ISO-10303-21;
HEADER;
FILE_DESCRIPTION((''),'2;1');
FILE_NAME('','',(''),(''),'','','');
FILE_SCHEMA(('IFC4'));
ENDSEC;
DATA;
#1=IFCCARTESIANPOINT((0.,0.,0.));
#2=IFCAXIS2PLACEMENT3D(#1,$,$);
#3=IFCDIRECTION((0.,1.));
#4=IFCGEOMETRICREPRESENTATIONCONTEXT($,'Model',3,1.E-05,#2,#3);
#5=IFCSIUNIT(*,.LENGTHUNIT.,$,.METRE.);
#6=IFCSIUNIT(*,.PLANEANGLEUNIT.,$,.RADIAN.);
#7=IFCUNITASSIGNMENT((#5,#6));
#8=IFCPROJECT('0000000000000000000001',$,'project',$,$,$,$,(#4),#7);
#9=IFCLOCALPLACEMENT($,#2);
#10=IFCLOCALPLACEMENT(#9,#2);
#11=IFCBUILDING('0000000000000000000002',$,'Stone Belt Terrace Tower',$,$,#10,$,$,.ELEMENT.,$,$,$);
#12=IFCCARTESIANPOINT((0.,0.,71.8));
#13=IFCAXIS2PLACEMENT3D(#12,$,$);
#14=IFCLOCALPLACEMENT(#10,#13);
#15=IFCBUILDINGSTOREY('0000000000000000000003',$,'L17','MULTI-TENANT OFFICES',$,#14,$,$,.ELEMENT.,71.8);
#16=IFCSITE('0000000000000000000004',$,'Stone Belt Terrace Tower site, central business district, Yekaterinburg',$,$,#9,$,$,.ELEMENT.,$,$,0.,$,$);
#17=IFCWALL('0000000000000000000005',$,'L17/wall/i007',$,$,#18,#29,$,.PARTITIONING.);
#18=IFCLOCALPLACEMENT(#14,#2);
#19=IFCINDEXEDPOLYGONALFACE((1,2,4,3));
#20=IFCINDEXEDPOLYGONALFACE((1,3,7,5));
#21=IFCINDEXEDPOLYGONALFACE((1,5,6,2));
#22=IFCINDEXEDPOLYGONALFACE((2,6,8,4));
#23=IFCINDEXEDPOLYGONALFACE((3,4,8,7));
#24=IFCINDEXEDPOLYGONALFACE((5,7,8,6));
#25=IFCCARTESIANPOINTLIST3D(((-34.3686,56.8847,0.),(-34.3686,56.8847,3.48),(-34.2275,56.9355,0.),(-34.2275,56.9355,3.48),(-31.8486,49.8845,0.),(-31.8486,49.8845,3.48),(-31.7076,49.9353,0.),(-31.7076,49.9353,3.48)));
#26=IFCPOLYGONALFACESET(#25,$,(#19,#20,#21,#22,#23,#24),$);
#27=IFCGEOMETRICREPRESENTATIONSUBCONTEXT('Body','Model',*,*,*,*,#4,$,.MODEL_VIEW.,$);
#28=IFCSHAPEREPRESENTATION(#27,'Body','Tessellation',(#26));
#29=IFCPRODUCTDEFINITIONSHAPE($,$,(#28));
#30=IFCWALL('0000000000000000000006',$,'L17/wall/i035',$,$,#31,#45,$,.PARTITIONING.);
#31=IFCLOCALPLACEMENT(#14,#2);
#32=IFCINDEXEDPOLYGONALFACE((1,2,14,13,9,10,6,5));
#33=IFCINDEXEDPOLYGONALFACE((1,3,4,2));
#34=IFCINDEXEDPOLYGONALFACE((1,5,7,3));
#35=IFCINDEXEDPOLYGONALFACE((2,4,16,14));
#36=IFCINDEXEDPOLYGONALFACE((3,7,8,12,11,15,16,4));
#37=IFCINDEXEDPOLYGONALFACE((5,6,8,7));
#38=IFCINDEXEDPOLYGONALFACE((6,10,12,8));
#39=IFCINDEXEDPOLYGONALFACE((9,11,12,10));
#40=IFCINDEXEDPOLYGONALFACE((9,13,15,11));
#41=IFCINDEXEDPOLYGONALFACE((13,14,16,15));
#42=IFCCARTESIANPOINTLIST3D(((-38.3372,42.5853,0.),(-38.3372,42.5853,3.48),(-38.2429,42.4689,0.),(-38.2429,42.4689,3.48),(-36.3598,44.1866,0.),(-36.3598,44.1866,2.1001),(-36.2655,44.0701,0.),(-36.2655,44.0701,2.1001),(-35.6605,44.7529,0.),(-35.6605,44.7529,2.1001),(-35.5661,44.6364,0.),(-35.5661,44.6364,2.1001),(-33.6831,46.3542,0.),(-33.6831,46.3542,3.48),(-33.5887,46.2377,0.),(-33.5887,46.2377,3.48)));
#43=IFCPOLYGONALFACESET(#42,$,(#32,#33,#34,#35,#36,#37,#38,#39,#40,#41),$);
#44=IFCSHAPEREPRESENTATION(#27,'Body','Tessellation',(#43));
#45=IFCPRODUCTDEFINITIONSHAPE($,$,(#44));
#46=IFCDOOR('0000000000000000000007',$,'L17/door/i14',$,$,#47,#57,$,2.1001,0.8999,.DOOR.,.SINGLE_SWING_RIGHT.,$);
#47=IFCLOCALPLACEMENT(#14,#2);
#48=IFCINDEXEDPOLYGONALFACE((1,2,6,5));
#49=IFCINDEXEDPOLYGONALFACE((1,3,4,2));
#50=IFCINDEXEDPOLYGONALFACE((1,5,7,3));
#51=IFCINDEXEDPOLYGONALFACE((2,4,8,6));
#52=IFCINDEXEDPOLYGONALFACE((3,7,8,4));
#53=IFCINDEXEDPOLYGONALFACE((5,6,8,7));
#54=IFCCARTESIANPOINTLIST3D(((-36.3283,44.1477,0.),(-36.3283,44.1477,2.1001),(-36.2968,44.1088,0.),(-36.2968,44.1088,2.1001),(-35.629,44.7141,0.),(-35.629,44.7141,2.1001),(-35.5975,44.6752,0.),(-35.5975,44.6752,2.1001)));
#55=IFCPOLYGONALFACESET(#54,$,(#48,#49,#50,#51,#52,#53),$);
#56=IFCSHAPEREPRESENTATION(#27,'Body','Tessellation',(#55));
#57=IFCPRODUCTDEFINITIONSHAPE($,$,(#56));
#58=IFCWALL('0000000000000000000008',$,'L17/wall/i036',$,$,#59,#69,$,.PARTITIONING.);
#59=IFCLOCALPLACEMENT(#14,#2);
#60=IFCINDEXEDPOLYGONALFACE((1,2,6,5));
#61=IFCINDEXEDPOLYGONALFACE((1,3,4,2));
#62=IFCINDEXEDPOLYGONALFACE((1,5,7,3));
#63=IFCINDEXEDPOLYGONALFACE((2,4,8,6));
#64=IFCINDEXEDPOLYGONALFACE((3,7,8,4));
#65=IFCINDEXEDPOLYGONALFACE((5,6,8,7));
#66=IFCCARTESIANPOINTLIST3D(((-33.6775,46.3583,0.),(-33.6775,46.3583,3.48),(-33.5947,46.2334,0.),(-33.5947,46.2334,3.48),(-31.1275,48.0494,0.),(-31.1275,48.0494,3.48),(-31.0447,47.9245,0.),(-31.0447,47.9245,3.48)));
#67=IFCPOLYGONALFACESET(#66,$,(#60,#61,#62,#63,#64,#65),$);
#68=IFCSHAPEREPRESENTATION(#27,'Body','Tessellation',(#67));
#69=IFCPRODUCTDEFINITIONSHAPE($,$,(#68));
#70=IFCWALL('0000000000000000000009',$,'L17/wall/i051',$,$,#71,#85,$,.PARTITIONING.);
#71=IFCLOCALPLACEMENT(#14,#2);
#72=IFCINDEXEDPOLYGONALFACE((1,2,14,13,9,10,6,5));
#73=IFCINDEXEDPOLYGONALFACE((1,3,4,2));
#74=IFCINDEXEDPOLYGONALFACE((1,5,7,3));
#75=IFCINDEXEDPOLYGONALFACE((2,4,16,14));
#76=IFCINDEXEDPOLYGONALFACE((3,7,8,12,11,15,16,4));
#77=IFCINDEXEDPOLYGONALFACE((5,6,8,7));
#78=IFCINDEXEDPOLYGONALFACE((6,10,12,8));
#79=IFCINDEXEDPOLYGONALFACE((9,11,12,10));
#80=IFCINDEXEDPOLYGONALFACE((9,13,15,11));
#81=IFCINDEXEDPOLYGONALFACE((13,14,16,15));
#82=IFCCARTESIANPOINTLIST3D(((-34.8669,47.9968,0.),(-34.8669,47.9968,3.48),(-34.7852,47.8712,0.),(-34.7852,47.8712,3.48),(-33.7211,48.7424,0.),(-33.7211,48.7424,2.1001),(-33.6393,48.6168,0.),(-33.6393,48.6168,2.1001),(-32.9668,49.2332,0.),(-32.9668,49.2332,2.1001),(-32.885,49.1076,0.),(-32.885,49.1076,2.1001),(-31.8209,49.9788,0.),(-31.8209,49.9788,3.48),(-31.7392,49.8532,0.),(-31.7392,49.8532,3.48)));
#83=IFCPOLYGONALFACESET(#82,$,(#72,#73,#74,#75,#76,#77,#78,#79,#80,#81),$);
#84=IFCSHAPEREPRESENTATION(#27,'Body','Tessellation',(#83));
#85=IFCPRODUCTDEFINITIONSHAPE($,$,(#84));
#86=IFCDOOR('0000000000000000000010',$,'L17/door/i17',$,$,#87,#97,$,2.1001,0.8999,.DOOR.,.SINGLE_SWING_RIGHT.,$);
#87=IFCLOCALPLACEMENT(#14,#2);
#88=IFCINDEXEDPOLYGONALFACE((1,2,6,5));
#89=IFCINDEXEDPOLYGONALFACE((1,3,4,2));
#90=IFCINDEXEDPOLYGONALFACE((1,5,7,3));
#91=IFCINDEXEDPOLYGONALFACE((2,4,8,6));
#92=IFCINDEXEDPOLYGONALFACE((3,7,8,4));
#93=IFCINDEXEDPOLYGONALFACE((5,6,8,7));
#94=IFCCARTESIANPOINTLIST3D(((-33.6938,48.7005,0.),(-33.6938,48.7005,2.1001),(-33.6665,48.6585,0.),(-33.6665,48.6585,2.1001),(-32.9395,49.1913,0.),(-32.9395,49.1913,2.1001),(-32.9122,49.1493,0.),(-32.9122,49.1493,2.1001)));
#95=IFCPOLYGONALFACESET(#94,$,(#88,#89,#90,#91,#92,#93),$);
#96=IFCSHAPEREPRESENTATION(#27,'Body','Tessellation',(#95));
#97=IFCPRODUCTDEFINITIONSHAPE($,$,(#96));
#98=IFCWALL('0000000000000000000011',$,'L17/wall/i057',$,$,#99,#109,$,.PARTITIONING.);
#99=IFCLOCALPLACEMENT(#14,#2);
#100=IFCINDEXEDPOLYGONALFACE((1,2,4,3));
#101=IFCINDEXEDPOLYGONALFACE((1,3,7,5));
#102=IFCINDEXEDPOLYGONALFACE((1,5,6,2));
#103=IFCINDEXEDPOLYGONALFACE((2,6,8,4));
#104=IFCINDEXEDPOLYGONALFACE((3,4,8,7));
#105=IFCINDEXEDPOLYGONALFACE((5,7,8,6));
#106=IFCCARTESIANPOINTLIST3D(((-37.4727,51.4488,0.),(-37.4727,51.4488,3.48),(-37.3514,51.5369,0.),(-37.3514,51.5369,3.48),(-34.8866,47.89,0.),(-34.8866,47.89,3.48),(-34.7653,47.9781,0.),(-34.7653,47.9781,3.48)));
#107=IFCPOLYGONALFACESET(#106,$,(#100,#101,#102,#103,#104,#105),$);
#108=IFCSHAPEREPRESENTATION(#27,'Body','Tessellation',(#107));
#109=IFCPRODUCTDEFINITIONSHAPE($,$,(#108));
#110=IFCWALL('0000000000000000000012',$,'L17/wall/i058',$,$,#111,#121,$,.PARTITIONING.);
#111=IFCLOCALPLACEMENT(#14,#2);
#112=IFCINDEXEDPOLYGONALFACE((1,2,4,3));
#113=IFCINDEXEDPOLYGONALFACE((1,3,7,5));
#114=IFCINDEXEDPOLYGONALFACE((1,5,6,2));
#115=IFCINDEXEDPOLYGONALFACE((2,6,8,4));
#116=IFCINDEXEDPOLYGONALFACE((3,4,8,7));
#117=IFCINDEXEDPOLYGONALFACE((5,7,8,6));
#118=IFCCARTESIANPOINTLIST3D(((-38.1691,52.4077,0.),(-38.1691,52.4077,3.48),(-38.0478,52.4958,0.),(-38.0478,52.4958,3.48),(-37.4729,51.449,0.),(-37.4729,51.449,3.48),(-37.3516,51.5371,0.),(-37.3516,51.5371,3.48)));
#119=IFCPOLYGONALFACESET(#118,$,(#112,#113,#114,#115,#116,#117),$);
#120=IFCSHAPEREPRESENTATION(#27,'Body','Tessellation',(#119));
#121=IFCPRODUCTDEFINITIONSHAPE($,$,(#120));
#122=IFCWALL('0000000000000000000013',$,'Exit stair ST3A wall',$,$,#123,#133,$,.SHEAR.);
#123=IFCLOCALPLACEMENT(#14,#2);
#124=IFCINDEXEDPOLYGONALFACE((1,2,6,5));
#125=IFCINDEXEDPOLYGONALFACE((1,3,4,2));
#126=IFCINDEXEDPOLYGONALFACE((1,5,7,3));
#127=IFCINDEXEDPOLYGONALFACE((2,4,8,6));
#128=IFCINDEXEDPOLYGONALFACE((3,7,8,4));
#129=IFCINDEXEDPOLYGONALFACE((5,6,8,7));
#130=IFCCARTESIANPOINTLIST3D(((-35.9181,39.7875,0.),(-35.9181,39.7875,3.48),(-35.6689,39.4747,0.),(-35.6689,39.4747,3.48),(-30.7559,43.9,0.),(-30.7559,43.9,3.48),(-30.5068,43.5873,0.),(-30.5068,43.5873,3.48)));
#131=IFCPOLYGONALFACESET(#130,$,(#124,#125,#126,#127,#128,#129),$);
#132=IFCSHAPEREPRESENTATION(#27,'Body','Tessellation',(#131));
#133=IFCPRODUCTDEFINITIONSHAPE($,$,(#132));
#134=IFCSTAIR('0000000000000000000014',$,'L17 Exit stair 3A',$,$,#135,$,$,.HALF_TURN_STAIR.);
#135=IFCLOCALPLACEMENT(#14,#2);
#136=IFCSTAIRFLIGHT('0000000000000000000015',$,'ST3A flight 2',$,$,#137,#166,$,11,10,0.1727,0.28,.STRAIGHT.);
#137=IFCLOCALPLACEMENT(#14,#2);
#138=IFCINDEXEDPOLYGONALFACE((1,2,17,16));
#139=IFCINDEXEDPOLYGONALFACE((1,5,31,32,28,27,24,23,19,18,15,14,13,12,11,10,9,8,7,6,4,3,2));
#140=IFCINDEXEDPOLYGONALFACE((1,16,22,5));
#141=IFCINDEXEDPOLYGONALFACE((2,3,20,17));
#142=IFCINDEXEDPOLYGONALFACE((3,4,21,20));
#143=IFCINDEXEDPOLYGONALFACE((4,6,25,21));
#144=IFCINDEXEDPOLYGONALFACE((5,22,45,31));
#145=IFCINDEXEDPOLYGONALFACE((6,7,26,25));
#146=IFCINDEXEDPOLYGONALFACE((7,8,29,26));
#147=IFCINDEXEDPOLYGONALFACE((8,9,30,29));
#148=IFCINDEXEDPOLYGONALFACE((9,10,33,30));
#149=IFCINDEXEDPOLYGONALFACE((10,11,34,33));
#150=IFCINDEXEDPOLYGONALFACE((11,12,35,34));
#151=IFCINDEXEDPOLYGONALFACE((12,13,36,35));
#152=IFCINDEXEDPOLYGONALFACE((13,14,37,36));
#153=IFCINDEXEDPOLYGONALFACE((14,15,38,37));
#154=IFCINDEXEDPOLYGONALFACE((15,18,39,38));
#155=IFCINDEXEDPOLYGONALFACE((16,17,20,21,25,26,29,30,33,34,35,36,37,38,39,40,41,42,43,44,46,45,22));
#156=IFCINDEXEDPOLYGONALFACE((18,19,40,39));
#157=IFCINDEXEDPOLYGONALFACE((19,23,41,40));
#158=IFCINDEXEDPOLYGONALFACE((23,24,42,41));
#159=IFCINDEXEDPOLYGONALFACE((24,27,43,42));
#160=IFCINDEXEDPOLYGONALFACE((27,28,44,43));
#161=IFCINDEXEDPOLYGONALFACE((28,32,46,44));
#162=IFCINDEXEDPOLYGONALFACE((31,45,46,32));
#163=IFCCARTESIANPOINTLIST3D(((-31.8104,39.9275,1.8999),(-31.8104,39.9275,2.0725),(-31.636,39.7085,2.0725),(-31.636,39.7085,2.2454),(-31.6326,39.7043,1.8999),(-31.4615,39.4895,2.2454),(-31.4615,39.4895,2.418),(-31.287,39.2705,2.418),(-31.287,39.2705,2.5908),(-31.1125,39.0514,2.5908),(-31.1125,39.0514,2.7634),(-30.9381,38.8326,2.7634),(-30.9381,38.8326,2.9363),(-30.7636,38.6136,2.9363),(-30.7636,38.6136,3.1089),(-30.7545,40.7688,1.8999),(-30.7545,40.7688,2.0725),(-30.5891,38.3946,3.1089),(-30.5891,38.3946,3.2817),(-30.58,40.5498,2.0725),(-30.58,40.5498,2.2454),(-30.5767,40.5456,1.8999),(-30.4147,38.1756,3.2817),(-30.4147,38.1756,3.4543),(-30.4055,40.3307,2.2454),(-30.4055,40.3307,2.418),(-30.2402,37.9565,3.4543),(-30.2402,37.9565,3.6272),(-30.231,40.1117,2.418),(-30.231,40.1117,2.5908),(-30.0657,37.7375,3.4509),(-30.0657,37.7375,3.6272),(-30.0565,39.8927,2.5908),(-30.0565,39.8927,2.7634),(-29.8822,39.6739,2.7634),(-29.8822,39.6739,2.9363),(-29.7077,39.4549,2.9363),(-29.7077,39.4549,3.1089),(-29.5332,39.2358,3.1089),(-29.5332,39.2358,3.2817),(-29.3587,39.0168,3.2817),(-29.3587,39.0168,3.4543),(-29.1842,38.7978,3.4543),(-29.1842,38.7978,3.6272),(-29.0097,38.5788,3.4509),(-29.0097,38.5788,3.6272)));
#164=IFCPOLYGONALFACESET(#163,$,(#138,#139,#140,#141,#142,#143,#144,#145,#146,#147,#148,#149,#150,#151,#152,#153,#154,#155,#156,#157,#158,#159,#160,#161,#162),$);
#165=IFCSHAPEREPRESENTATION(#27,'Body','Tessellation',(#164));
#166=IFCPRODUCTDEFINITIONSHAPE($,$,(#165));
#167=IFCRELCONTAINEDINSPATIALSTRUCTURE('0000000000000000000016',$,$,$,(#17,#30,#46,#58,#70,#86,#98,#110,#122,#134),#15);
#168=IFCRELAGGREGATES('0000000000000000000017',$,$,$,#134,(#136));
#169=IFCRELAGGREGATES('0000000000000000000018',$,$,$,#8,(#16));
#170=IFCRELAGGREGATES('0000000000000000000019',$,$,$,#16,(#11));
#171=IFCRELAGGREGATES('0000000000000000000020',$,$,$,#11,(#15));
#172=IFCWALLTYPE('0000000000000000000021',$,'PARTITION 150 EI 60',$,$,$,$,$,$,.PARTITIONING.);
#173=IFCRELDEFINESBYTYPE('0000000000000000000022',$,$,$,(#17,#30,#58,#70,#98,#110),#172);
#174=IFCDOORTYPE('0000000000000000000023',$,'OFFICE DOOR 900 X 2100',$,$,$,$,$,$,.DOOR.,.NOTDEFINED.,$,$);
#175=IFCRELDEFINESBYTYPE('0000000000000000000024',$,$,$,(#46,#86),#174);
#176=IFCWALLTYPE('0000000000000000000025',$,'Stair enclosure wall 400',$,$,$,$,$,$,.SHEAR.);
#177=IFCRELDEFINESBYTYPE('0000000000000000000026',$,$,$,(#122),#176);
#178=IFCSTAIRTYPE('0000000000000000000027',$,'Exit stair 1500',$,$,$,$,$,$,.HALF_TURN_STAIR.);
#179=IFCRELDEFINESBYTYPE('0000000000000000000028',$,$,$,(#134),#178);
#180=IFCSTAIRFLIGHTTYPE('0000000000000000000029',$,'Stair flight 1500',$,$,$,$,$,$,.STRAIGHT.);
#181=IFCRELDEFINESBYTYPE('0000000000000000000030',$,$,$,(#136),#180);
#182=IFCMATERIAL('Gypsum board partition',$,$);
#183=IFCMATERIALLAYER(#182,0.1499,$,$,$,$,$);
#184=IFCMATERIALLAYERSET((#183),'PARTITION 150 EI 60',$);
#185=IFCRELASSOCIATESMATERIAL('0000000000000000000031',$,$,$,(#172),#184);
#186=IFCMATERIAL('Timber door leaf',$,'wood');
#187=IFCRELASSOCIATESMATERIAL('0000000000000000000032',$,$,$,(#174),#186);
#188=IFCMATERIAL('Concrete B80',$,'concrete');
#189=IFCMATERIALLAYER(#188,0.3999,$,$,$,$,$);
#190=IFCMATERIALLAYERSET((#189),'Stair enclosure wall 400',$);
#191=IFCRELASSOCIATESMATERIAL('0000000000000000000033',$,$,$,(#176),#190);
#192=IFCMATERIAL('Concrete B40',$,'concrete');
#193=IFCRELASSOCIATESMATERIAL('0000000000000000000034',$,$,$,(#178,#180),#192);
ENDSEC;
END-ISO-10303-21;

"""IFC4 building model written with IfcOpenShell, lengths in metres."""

from ifc_helpers import new_model, si_unit, direction, frame, frame_2d, origin, place, context, subcontext, project, spatial, polyline, rectangle, outline, extrude, material, layer, layer_set, type_object, element, fill, aggregate, save


model = new_model("IFC4")

# Units and contexts
model_context = context("Model", 3, precision=1e-05, world=origin(), true_north=direction((0.0, 1.0)))
body_context = subcontext(model_context, "Body", "Model", "MODEL_VIEW")
ifc_project = project(units=[si_unit("LENGTHUNIT", "METRE"), si_unit("PLANEANGLEUNIT", "RADIAN")], contexts=[model_context])

# Site, building, storey
site_placement = place(None, origin())
site = spatial("IfcSite", under=ifc_project, at=site_placement, Name="Stone Belt Terrace Tower site, central business district, Yekaterinburg", CompositionType="ELEMENT", RefElevation=0.0)
building_placement = place(site_placement, origin())
building = spatial("IfcBuilding", under=site, at=building_placement, Name="Stone Belt Terrace Tower", CompositionType="ELEMENT")
storey_placement = place(building_placement, frame((0.0, 0.0, 71.8)))
storey = spatial("IfcBuildingStorey", under=building, at=storey_placement, Name="L17", Description="MULTI-TENANT OFFICES", CompositionType="ELEMENT", Elevation=71.8)

# Shared definitions
ifc_material_1 = material(Name="Concrete B80", Category="concrete")

# Shared definitions
ifc_material_2 = material(Name="Gypsum board partition")
ifc_layer_1 = layer(ifc_material_2, 0.1499)
ifc_layer_set_1 = layer_set([ifc_layer_1], Name="PARTITION 150 EI 60")
wall_type_1 = type_object("IfcWallType", Name="PARTITION 150 EI 60", PredefinedType="PARTITIONING", material=ifc_layer_set_1)

# Shared definitions
ifc_material_3 = material(Name="Timber door leaf", Category="wood")
door_type = type_object("IfcDoorType", Name="OFFICE DOOR 900 X 2100", OperationType="NOTDEFINED", PredefinedType="DOOR", material=ifc_material_3)

# Wall
wall_1_placement = place(storey_placement, frame((-31.7781, 49.9099, 0.0), z_axis=(0.0, 0.0, 1.0), x_axis=(-0.338711, 0.94089, 0.0)))
element("IfcWall", 1, at=wall_1_placement, inside=storey, type_object=wall_type_1, Name="L17/wall/i007", PredefinedType="PARTITIONING", context=body_context, shape_type="SweptSolid", body=[
    extrude(rectangle(XDim=7.4399, YDim=0.1499, at=frame_2d((3.72, 0.0))), origin(), (0.0, 0.0, 1.0), 3.48),
])

# Wall, opening, door
wall_2_placement = place(storey_placement, frame((-38.29, 42.5271, 0.0), z_axis=(0.0, 0.0, 1.0), x_axis=(0.777144, 0.629323, 0.0)))
wall_2 = element("IfcWall", 2, at=wall_2_placement, inside=storey, type_object=wall_type_1, Name="L17/wall/i035", PredefinedType="PARTITIONING", context=body_context, shape_type="SweptSolid", body=[
    extrude(rectangle(XDim=5.9888, YDim=0.1499, at=frame_2d((2.9944, 0.0))), origin(), (0.0, 0.0, 1.0), 3.48),
])
opening_1_placement = place(wall_2_placement, frame((2.5444, 0.0, 0.0)))
opening_1 = element("IfcOpeningElement", 3, at=opening_1_placement, cuts=wall_2, PredefinedType="OPENING", context=body_context, shape_type="SweptSolid", body=[
    extrude(rectangle(XDim=0.8999, YDim=2.1001, at=frame_2d((0.45, 1.05))), frame((0.0, 0.085, 0.0), z_axis=(0.0, -1.0, 0.0), x_axis=(1.0, 0.0, 0.0)), (0.0, 0.0, 1.0), 0.1699),
])
door_1_placement = place(opening_1_placement, origin())
door_1 = element("IfcDoor", 4, at=door_1_placement, inside=storey, type_object=door_type, Name="L17/door/i14", OperationType="SINGLE_SWING_RIGHT", OverallHeight=2.1001, OverallWidth=0.8999, PredefinedType="DOOR", context=body_context, shape_type="SweptSolid", body=[
    extrude(rectangle(XDim=0.8999, YDim=2.1001, at=frame_2d((0.45, 1.05))), frame((0.0, 0.0249, 0.0), z_axis=(0.0, -1.0, 0.0), x_axis=(1.0, 0.0, 0.0)), (0.0, 0.0, 1.0), 0.05),
])
fill(opening_1, door_1)

# Wall
wall_3_placement = place(storey_placement, frame((-33.636, 46.2959, 0.0), z_axis=(0.0, 0.0, 1.0), x_axis=(0.833386, 0.552692, 0.0)))
element("IfcWall", 5, at=wall_3_placement, inside=storey, type_object=wall_type_1, Name="L17/wall/i036", PredefinedType="PARTITIONING", context=body_context, shape_type="SweptSolid", body=[
    extrude(rectangle(XDim=3.0598, YDim=0.1499, at=frame_2d((1.5298, 0.0))), origin(), (0.0, 0.0, 1.0), 3.48),
])

# Wall, opening, door
wall_4_placement = place(storey_placement, frame((-34.8259, 47.9341, 0.0), z_axis=(0.0, 0.0, 1.0), x_axis=(0.83818, 0.545394, 0.0)))
wall_4 = element("IfcWall", 6, at=wall_4_placement, inside=storey, type_object=wall_type_1, Name="L17/wall/i051", PredefinedType="PARTITIONING", context=body_context, shape_type="SweptSolid", body=[
    extrude(rectangle(XDim=3.634, YDim=0.1499, at=frame_2d((1.8169, 0.0))), origin(), (0.0, 0.0, 1.0), 3.48),
])
opening_2_placement = place(wall_4_placement, frame((1.3669, 0.0, 0.0)))
opening_2 = element("IfcOpeningElement", 7, at=opening_2_placement, cuts=wall_4, PredefinedType="OPENING", context=body_context, shape_type="SweptSolid", body=[
    extrude(rectangle(XDim=0.8999, YDim=2.1001, at=frame_2d((0.45, 1.05))), frame((0.0, 0.085, 0.0), z_axis=(0.0, -1.0, 0.0), x_axis=(1.0, 0.0, 0.0)), (0.0, 0.0, 1.0), 0.1699),
])
door_2_placement = place(opening_2_placement, origin())
door_2 = element("IfcDoor", 8, at=door_2_placement, inside=storey, type_object=door_type, Name="L17/door/i17", OperationType="SINGLE_SWING_RIGHT", OverallHeight=2.1001, OverallWidth=0.8999, PredefinedType="DOOR", context=body_context, shape_type="SweptSolid", body=[
    extrude(rectangle(XDim=0.8999, YDim=2.1001, at=frame_2d((0.45, 1.05))), frame((0.0, 0.0249, 0.0), z_axis=(0.0, -1.0, 0.0), x_axis=(1.0, 0.0, 0.0)), (0.0, 0.0, 1.0), 0.05),
])
fill(opening_2, door_2)

# Walls
wall_5_placement = place(storey_placement, frame((-37.4121, 51.4929, 0.0), z_axis=(0.0, 0.0, 1.0), x_axis=(0.587865, -0.808959, 0.0)))
element("IfcWall", 9, at=wall_5_placement, inside=storey, type_object=wall_type_1, Name="L17/wall/i057", PredefinedType="PARTITIONING", context=body_context, shape_type="SweptSolid", body=[
    extrude(rectangle(XDim=4.3992, YDim=0.1499, at=frame_2d((2.1997, 0.0))), origin(), (0.0, 0.0, 1.0), 3.48),
])
wall_6_placement = place(storey_placement, frame((-38.1084, 52.4517, 0.0), z_axis=(0.0, 0.0, 1.0), x_axis=(0.587633, -0.809128, 0.0)))
element("IfcWall", 10, at=wall_6_placement, inside=storey, type_object=wall_type_1, Name="L17/wall/i058", PredefinedType="PARTITIONING", context=body_context, shape_type="SweptSolid", body=[
    extrude(rectangle(XDim=1.1848, YDim=0.1499, at=frame_2d((0.5923, 0.0))), origin(), (0.0, 0.0, 1.0), 3.48),
])
ifc_layer_2 = layer(ifc_material_1, 0.3999)
ifc_layer_set_2 = layer_set([ifc_layer_2], Name="Stair enclosure wall 400")
wall_type_2 = type_object("IfcWallType", Name="Stair enclosure wall 400", PredefinedType="SHEAR", material=ifc_layer_set_2)
wall_7_placement = place(storey_placement, frame((-30.6313, 43.7437, 0.0), z_axis=(0.0, 0.0, 1.0), x_axis=(-0.782134, -0.62311, 0.0)))
element("IfcWall", 11, at=wall_7_placement, inside=storey, type_object=wall_type_2, Name="Exit stair ST3A wall", PredefinedType="SHEAR", context=body_context, shape_type="SweptSolid", body=[
    extrude(rectangle(XDim=6.6001, YDim=0.3999, at=frame_2d((3.3, 0.0))), origin(), (0.0, 0.0, 1.0), 3.48),
])

# Stair, stair flight
ifc_material_4 = material(Name="Concrete B40", Category="concrete")
stair_type = type_object("IfcStairType", Name="Exit stair 1500", PredefinedType="HALF_TURN_STAIR", material=ifc_material_4)
stair_placement = place(storey_placement, origin())
stair = element("IfcStair", 12, at=stair_placement, inside=storey, type_object=stair_type, Name="L17 Exit stair 3A", PredefinedType="HALF_TURN_STAIR")
stair_flight_type = type_object("IfcStairFlightType", Name="Stair flight 1500", PredefinedType="STRAIGHT", material=ifc_material_4)
stair_flight_placement = place(storey_placement, frame((-31.2825, 40.3481, 1.8999), z_axis=(0.0, 0.0, 1.0), x_axis=(0.623121, -0.782125, 0.0)))
stair_flight = element("IfcStairFlight", 13, at=stair_flight_placement, type_object=stair_flight_type, Name="ST3A flight 2", NumberOfRisers=11, NumberOfTreads=10, PredefinedType="STRAIGHT", RiserHeight=0.1727, TreadLength=0.28, context=body_context, shape_type="SweptSolid", body=[
    extrude(outline(polyline([(0.0, 0.0), (0.0, 0.1726), (0.28, 0.1726), (0.28, 0.3455), (0.5601, 0.3455), (0.5601, 0.5181), (0.8401, 0.5181), (0.8401, 0.6909), (1.1201, 0.6909), (1.1201, 0.8635), (1.3999, 0.8635), (1.3999, 1.0364), (1.6799, 1.0364), (1.6799, 1.209), (1.96, 1.209), (1.96, 1.3818), (2.24, 1.3818), (2.24, 1.5544), (2.52, 1.5544), (2.52, 1.7273), (2.8, 1.7273), (2.8, 1.8999), (2.8, 1.551), (0.2854, 0.0), (0.0, 0.0)])), frame((0.0, 0.675, 0.0), z_axis=(0.0, -1.0, 0.0), x_axis=(1.0, 0.0, 0.0)), (0.0, 0.0, 1.0), 1.3501),
])
aggregate(stair, [stair_flight])

save(model, "model.ifc")
